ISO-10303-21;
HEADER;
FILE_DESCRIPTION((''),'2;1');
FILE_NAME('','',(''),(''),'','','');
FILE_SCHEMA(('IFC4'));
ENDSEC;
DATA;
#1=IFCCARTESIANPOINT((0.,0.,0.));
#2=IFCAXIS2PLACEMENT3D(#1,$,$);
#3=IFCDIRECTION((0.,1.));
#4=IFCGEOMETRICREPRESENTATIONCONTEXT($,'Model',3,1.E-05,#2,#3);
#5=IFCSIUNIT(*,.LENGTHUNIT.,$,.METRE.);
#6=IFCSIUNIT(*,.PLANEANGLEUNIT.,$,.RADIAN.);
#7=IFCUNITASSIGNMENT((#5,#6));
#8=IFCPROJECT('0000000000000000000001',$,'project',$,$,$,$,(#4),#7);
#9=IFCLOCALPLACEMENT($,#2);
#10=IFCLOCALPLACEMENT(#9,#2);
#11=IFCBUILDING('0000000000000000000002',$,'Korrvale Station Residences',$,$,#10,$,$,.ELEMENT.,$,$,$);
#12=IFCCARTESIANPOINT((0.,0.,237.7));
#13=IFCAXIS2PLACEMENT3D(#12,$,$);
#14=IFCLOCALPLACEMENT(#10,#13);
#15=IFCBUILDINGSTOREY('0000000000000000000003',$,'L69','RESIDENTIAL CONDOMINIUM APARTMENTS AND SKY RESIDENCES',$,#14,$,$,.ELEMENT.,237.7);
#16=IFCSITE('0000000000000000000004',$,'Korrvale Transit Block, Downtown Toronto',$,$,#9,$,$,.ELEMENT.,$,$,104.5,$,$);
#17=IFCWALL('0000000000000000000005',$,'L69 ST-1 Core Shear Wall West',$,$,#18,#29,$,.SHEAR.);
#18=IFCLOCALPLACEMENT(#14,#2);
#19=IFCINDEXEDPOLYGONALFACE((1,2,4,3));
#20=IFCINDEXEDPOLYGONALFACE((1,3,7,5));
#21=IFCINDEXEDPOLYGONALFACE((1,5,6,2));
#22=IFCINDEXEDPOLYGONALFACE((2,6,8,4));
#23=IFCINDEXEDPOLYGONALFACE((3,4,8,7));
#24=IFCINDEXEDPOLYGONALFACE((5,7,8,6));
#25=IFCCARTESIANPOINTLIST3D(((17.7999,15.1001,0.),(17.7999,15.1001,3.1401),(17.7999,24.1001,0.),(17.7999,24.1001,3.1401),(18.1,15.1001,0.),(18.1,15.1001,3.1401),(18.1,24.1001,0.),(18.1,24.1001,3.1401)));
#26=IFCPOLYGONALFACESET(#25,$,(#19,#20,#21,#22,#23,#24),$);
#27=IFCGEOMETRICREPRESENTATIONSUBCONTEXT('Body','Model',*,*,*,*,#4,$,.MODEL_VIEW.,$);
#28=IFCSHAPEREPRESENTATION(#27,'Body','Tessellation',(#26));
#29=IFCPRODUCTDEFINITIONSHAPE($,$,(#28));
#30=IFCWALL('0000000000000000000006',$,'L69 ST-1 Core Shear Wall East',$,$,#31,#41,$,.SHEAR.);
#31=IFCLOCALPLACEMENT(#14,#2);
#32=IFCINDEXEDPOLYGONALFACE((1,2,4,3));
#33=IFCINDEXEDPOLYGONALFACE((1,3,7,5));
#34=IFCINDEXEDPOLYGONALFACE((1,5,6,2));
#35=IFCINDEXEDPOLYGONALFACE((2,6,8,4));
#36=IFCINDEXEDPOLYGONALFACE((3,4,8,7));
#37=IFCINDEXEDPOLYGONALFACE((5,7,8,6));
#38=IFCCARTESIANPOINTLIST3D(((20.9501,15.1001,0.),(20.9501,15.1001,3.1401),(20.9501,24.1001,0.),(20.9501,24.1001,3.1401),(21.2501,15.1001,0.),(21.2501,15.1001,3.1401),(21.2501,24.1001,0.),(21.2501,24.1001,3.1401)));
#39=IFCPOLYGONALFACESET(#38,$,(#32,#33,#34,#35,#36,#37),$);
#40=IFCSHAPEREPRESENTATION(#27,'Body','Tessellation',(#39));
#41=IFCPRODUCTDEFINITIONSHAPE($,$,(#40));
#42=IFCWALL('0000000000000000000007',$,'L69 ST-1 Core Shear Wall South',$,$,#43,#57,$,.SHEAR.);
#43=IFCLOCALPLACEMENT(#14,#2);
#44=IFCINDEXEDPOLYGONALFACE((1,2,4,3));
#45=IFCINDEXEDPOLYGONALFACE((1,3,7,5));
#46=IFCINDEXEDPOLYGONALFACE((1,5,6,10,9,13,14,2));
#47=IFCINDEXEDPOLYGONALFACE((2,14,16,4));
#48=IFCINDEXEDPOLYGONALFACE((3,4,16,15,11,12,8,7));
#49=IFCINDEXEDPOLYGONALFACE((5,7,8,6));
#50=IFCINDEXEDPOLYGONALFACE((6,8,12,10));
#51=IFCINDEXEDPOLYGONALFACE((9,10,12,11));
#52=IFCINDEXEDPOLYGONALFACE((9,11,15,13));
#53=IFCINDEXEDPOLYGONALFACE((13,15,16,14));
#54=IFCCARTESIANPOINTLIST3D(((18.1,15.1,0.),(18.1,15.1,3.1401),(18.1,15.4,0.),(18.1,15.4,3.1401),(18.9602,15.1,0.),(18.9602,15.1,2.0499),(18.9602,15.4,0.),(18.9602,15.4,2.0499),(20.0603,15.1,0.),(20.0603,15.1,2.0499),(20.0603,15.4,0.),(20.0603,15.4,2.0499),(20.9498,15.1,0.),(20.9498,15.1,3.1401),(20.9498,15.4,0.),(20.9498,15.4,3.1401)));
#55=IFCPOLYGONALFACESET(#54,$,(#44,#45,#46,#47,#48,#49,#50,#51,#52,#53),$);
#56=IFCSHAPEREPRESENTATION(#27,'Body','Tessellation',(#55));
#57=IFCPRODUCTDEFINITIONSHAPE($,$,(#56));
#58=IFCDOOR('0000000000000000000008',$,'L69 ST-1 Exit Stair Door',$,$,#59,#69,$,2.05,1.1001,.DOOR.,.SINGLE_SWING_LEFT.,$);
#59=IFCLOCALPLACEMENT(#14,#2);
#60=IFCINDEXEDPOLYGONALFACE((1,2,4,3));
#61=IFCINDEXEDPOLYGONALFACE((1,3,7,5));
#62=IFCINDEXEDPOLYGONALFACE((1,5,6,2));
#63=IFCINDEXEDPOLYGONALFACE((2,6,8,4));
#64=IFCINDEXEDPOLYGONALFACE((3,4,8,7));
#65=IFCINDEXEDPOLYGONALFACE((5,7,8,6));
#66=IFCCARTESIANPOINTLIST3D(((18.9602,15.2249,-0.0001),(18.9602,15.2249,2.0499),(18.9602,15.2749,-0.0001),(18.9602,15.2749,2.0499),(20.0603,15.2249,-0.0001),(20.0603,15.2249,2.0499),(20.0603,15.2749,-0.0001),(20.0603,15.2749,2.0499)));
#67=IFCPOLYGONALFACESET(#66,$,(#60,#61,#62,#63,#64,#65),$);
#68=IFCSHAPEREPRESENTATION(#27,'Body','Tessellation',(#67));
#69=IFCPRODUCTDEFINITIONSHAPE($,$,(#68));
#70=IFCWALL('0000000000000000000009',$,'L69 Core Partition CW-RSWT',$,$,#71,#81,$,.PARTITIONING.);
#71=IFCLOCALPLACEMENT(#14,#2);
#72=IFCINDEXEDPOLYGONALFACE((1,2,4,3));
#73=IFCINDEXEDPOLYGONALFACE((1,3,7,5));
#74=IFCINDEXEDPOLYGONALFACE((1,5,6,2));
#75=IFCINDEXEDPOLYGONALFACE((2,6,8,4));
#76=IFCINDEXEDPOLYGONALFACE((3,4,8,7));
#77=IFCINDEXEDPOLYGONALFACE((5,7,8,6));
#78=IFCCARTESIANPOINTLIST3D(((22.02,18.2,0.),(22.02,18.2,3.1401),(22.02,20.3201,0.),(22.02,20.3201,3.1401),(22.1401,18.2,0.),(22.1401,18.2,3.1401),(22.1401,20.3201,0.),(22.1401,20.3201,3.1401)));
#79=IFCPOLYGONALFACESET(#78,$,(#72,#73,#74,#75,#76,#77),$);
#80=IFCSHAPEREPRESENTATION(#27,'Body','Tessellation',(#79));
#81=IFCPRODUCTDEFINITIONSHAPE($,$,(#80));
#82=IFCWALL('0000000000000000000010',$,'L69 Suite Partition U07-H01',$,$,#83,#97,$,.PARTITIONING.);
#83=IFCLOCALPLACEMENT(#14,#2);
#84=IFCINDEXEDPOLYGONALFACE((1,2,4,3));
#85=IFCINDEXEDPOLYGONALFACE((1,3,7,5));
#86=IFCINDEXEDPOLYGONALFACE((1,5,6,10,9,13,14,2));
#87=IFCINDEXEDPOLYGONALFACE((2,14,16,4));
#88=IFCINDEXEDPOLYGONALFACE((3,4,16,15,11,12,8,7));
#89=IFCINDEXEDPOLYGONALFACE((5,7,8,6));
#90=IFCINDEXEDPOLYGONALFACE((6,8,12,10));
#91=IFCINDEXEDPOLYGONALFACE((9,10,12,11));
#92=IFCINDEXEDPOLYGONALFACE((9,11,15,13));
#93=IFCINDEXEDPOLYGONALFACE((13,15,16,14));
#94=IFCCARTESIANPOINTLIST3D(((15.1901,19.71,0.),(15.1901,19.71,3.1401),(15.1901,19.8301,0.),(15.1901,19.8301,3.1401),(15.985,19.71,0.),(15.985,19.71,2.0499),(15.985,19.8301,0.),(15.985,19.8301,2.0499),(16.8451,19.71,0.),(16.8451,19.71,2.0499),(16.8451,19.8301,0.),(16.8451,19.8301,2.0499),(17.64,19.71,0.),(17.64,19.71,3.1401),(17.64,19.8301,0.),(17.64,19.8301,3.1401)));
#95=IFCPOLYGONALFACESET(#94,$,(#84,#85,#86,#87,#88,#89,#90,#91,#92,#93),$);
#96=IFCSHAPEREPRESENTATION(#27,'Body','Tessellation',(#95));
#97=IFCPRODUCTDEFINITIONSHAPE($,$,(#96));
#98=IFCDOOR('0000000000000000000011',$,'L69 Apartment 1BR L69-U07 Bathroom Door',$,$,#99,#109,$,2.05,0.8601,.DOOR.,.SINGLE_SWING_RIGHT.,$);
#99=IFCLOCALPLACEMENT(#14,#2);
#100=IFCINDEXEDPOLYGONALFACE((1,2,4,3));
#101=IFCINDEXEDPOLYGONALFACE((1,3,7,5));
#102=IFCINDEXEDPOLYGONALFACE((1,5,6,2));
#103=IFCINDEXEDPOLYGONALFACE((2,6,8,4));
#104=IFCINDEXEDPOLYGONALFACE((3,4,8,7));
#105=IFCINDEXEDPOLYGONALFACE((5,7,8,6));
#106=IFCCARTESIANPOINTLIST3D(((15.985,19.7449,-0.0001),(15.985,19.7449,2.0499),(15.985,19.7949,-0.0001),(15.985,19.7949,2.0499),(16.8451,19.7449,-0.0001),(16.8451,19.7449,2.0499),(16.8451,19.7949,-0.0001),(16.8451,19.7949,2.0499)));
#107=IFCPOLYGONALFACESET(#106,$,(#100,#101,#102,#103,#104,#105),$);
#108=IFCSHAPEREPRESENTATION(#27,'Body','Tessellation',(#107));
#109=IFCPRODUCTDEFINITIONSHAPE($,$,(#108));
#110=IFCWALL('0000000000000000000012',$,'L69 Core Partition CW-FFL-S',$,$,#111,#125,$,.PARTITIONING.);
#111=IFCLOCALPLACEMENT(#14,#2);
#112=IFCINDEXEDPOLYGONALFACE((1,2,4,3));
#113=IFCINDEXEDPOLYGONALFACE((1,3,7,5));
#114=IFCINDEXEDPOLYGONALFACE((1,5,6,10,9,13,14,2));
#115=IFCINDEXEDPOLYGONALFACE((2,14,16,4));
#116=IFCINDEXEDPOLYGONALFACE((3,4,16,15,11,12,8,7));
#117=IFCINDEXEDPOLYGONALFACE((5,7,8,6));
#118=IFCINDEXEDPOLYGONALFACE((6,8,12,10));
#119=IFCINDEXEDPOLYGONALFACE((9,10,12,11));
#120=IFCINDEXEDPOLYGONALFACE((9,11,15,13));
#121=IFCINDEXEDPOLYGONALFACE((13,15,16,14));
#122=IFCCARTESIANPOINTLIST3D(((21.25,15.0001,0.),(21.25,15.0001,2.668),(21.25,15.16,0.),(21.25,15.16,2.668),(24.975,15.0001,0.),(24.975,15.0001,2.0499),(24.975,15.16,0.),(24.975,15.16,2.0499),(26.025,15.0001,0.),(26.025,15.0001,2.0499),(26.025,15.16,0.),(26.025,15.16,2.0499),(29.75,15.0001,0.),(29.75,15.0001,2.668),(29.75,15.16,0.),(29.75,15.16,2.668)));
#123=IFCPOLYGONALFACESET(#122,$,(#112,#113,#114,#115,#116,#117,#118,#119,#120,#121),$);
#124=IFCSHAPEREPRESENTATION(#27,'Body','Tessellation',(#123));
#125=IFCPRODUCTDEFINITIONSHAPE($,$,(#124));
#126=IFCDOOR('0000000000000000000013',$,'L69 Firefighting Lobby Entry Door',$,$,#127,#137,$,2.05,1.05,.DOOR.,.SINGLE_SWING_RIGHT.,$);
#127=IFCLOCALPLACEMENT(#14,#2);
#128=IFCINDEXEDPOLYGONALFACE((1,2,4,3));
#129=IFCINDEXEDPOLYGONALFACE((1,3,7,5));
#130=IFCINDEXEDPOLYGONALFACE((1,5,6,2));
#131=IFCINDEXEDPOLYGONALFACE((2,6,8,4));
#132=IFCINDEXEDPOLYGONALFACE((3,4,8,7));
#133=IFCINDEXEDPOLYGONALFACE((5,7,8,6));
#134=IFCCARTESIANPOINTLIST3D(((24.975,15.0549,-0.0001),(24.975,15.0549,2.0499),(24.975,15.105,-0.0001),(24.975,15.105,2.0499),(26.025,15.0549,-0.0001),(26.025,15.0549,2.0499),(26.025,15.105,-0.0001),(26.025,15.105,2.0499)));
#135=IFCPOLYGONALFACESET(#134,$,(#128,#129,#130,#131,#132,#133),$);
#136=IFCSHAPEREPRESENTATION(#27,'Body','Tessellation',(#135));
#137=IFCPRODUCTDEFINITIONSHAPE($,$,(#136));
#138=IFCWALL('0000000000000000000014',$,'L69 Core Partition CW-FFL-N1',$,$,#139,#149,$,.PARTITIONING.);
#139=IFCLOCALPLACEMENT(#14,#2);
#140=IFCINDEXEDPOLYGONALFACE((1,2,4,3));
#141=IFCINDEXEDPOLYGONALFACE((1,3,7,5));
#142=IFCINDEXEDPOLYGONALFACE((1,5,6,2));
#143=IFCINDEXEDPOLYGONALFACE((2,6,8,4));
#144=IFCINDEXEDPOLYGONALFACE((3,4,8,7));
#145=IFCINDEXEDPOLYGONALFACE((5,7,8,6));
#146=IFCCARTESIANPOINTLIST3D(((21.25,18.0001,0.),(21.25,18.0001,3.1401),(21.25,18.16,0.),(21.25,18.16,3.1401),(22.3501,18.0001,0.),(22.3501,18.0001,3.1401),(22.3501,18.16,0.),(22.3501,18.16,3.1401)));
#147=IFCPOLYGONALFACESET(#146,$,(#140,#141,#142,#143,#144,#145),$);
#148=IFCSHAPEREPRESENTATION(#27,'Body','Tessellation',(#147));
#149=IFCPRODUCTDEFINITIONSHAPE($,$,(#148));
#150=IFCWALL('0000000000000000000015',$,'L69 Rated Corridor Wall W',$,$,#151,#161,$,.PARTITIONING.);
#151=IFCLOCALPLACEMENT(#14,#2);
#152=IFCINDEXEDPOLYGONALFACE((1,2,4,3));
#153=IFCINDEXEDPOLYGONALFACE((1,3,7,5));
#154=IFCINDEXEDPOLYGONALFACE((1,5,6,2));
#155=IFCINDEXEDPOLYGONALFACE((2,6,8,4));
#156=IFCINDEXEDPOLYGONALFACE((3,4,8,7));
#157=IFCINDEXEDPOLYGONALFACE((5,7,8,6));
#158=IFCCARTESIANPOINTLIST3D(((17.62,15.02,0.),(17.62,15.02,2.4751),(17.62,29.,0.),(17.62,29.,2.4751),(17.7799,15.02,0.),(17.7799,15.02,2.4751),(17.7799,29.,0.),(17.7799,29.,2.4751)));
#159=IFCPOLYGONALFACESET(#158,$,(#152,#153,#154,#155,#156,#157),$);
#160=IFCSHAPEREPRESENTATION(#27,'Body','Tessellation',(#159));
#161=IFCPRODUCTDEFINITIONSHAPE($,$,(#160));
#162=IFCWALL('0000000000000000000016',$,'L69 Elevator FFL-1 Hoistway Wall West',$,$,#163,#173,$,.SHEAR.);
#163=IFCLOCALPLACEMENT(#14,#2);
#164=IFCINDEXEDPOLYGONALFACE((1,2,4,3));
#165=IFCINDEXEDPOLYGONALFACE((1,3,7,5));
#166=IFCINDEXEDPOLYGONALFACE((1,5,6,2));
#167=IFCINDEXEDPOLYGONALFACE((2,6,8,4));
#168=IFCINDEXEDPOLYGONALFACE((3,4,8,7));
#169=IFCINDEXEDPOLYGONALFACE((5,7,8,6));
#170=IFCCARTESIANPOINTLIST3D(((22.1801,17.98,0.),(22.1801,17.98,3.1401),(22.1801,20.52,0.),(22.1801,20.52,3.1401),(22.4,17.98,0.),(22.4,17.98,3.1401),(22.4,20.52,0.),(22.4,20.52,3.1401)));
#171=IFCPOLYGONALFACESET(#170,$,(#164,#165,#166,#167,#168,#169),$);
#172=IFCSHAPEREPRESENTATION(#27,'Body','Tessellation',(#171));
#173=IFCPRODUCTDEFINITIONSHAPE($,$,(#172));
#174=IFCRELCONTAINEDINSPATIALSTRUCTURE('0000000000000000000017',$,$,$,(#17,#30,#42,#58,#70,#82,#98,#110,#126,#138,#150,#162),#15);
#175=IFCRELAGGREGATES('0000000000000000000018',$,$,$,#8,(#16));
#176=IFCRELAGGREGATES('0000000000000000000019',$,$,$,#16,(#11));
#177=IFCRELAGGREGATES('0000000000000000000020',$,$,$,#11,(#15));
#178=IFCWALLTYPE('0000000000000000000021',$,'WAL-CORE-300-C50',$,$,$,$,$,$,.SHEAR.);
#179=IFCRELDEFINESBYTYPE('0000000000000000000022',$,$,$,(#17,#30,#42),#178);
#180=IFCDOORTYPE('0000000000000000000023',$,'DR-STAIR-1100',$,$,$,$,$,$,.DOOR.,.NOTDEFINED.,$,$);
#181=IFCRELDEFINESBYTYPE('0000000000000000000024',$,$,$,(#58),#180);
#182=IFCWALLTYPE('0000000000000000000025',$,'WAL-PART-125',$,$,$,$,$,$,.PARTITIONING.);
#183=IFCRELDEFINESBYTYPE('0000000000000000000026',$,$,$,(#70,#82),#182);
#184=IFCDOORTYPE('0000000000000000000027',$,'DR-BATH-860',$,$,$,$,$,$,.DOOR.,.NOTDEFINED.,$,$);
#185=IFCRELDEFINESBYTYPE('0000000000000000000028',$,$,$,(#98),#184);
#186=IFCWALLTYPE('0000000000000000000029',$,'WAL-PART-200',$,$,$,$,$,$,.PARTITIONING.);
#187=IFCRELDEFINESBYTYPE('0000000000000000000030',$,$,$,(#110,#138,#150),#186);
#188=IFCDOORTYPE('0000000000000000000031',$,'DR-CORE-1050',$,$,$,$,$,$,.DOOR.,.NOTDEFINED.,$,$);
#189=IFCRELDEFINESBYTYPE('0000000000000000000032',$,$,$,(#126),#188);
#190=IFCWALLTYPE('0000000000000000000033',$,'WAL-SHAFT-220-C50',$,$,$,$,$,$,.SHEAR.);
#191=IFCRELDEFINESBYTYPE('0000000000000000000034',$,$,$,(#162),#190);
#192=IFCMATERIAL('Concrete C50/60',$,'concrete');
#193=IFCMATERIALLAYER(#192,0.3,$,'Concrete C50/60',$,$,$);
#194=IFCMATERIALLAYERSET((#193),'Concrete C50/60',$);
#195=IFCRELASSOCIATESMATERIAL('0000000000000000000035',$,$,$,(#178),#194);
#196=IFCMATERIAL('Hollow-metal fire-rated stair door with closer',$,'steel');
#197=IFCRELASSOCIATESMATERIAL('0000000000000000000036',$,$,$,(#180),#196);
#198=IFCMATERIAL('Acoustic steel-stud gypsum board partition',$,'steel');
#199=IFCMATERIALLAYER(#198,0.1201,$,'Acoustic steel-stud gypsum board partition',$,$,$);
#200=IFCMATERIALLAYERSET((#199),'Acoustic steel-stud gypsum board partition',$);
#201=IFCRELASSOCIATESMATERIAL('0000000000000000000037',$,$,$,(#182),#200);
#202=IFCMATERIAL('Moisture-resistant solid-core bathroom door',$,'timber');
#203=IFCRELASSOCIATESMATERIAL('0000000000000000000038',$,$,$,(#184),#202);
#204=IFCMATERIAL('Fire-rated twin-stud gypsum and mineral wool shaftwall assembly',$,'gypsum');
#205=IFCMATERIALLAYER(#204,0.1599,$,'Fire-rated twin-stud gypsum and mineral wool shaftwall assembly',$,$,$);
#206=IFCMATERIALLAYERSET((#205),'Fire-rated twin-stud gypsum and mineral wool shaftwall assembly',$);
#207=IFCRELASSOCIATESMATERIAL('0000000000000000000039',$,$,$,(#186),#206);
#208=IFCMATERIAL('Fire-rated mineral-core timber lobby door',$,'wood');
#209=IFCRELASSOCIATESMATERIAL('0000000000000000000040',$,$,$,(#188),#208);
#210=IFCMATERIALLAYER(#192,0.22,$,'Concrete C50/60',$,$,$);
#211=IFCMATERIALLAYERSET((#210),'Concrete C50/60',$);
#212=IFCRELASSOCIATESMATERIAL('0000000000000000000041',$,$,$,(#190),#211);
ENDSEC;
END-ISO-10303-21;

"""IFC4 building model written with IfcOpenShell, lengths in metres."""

from ifc_helpers import new_model, si_unit, direction, frame, frame_2d, origin, place, context, subcontext, project, spatial, rectangle, extrude, material, layer, layer_set, type_object, element, fill, save


model = new_model("IFC4")

# Units and contexts
model_context = context("Model", 3, precision=1e-05, world=origin(), true_north=direction((0.0, 1.0)))
body_context = subcontext(model_context, "Body", "Model", "MODEL_VIEW")
ifc_project = project(units=[si_unit("LENGTHUNIT", "METRE"), si_unit("PLANEANGLEUNIT", "RADIAN")], contexts=[model_context])

# Site, building, storey
site_placement = place(None, origin())
site = spatial("IfcSite", under=ifc_project, at=site_placement, Name="Korrvale Transit Block, Downtown Toronto", CompositionType="ELEMENT", RefElevation=104.5)
building_placement = place(site_placement, origin())
building = spatial("IfcBuilding", under=site, at=building_placement, Name="Korrvale Station Residences", CompositionType="ELEMENT")
storey_placement = place(building_placement, frame((0.0, 0.0, 237.7)))
storey = spatial("IfcBuildingStorey", under=building, at=storey_placement, Name="L69", Description="RESIDENTIAL CONDOMINIUM APARTMENTS AND SKY RESIDENCES", CompositionType="ELEMENT", Elevation=237.7)

# Walls
ifc_material_1 = material(Name="Concrete C50/60", Category="concrete")
ifc_layer_1 = layer(ifc_material_1, 0.3, Name="Concrete C50/60")
ifc_layer_set_1 = layer_set([ifc_layer_1], Name="Concrete C50/60")
wall_type_1 = type_object("IfcWallType", Name="WAL-CORE-300-C50", PredefinedType="SHEAR", material=ifc_layer_set_1)
for number, where, z_axis, x_axis, name in (
    (1, (17.95, 15.1001, 0.0), (0.0, 0.0, 1.0), (0.0, 1.0, 0.0), "L69 ST-1 Core Shear Wall West"),
    (2, (21.1001, 15.1001, 0.0), (0.0, 0.0, 1.0), (0.0, 1.0, 0.0), "L69 ST-1 Core Shear Wall East"),
):
    element("IfcWall", number, at=place(storey_placement, frame(where, z_axis=z_axis, x_axis=x_axis)), inside=storey, type_object=wall_type_1, Name=name, PredefinedType="SHEAR", context=body_context, shape_type="SweptSolid", body=[
        extrude(rectangle(XDim=9.0, YDim=0.3, at=frame_2d((4.5, 0.0))), origin(), (0.0, 0.0, 1.0), 3.1401),
    ])

# Wall, opening, door
wall_1_placement = place(storey_placement, frame((18.1001, 15.25, 0.0), z_axis=(0.0, 0.0, 1.0), x_axis=(1.0, 0.0, 0.0)))
wall_1 = element("IfcWall", 3, at=wall_1_placement, inside=storey, type_object=wall_type_1, Name="L69 ST-1 Core Shear Wall South", PredefinedType="SHEAR", context=body_context, shape_type="SweptSolid", body=[
    extrude(rectangle(XDim=2.8499, YDim=0.3, at=frame_2d((1.4248, 0.0))), origin(), (0.0, 0.0, 1.0), 3.1401),
])
opening_1_placement = place(wall_1_placement, frame((0.8601, 0.0, 0.0)))
opening_1 = element("IfcOpeningElement", 4, at=opening_1_placement, cuts=wall_1, PredefinedType="OPENING", context=body_context, shape_type="SweptSolid", body=[
    extrude(rectangle(XDim=1.1001, YDim=2.05, at=frame_2d((0.55, 1.0249))), frame((0.0, 0.1602, 0.0), z_axis=(0.0, -1.0, 0.0), x_axis=(1.0, 0.0, 0.0)), (0.0, 0.0, 1.0), 0.3201),
])
ifc_material_2 = material(Name="Hollow-metal fire-rated stair door with closer", Category="steel")
door_type_1 = type_object("IfcDoorType", Name="DR-STAIR-1100", OperationType="NOTDEFINED", PredefinedType="DOOR", material=ifc_material_2)
door_1_placement = place(opening_1_placement, origin())
door_1 = element("IfcDoor", 5, at=door_1_placement, inside=storey, type_object=door_type_1, Name="L69 ST-1 Exit Stair Door", OperationType="SINGLE_SWING_LEFT", OverallHeight=2.05, OverallWidth=1.1001, PredefinedType="DOOR", context=body_context, shape_type="SweptSolid", body=[
    extrude(rectangle(XDim=1.1001, YDim=2.05, at=frame_2d((0.55, 1.0249))), frame((0.0, 0.0249, 0.0), z_axis=(0.0, -1.0, 0.0), x_axis=(1.0, 0.0, 0.0)), (0.0, 0.0, 1.0), 0.05),
])
fill(opening_1, door_1)

# Wall
ifc_material_3 = material(Name="Acoustic steel-stud gypsum board partition", Category="steel")
ifc_layer_2 = layer(ifc_material_3, 0.1201, Name="Acoustic steel-stud gypsum board partition")
ifc_layer_set_2 = layer_set([ifc_layer_2], Name="Acoustic steel-stud gypsum board partition")
wall_type_2 = type_object("IfcWallType", Name="WAL-PART-125", PredefinedType="PARTITIONING", material=ifc_layer_set_2)
wall_2_placement = place(storey_placement, frame((22.0801, 18.2, 0.0), z_axis=(0.0, 0.0, 1.0), x_axis=(0.0, 1.0, 0.0)))
element("IfcWall", 6, at=wall_2_placement, inside=storey, type_object=wall_type_2, Name="L69 Core Partition CW-RSWT", PredefinedType="PARTITIONING", context=body_context, shape_type="SweptSolid", body=[
    extrude(rectangle(XDim=2.1201, YDim=0.1201, at=frame_2d((1.0601, 0.0))), origin(), (0.0, 0.0, 1.0), 3.1401),
])

# Walls, openings, doors
wall_3_placement = place(storey_placement, frame((15.1899, 19.77, 0.0), z_axis=(0.0, 0.0, 1.0), x_axis=(1.0, 0.0, 0.0)))
wall_3 = element("IfcWall", 7, at=wall_3_placement, inside=storey, type_object=wall_type_2, Name="L69 Suite Partition U07-H01", PredefinedType="PARTITIONING", context=body_context, shape_type="SweptSolid", body=[
    extrude(rectangle(XDim=2.45, YDim=0.1201, at=frame_2d((1.2251, 0.0))), origin(), (0.0, 0.0, 1.0), 3.1401),
])
opening_2_placement = place(wall_3_placement, frame((0.7949, 0.0, 0.0)))
opening_2 = element("IfcOpeningElement", 8, at=opening_2_placement, cuts=wall_3, PredefinedType="OPENING", context=body_context, shape_type="SweptSolid", body=[
    extrude(rectangle(XDim=0.8601, YDim=2.05, at=frame_2d((0.4302, 1.0249))), frame((0.0, 0.0701, 0.0), z_axis=(0.0, -1.0, 0.0), x_axis=(1.0, 0.0, 0.0)), (0.0, 0.0, 1.0), 0.1401),
])
ifc_material_4 = material(Name="Moisture-resistant solid-core bathroom door", Category="timber")
door_type_2 = type_object("IfcDoorType", Name="DR-BATH-860", OperationType="NOTDEFINED", PredefinedType="DOOR", material=ifc_material_4)
door_2_placement = place(opening_2_placement, origin())
door_2 = element("IfcDoor", 9, at=door_2_placement, inside=storey, type_object=door_type_2, Name="L69 Apartment 1BR L69-U07 Bathroom Door", OperationType="SINGLE_SWING_RIGHT", OverallHeight=2.05, OverallWidth=0.8601, PredefinedType="DOOR", context=body_context, shape_type="SweptSolid", body=[
    extrude(rectangle(XDim=0.8601, YDim=2.05, at=frame_2d((0.4302, 1.0249))), frame((0.0, 0.0249, 0.0), z_axis=(0.0, -1.0, 0.0), x_axis=(1.0, 0.0, 0.0)), (0.0, 0.0, 1.0), 0.05),
])
fill(opening_2, door_2)
ifc_material_5 = material(Name="Fire-rated twin-stud gypsum and mineral wool shaftwall assembly", Category="gypsum")
ifc_layer_3 = layer(ifc_material_5, 0.1599, Name="Fire-rated twin-stud gypsum and mineral wool shaftwall assembly")
ifc_layer_set_3 = layer_set([ifc_layer_3], Name="Fire-rated twin-stud gypsum and mineral wool shaftwall assembly")
wall_type_3 = type_object("IfcWallType", Name="WAL-PART-200", PredefinedType="PARTITIONING", material=ifc_layer_set_3)
wall_4_placement = place(storey_placement, frame((21.25, 15.0801, 0.0), z_axis=(0.0, 0.0, 1.0), x_axis=(1.0, 0.0, 0.0)))
wall_4 = element("IfcWall", 10, at=wall_4_placement, inside=storey, type_object=wall_type_3, Name="L69 Core Partition CW-FFL-S", PredefinedType="PARTITIONING", context=body_context, shape_type="SweptSolid", body=[
    extrude(rectangle(XDim=8.5, YDim=0.1599, at=frame_2d((4.25, 0.0))), origin(), (0.0, 0.0, 1.0), 2.668),
])
opening_3_placement = place(wall_4_placement, frame((3.7251, 0.0, 0.0)))
opening_3 = element("IfcOpeningElement", 11, at=opening_3_placement, cuts=wall_4, PredefinedType="OPENING", context=body_context, shape_type="SweptSolid", body=[
    extrude(rectangle(XDim=1.05, YDim=2.05, at=frame_2d((0.5249, 1.0249))), frame((0.0, 0.0898, 0.0), z_axis=(0.0, -1.0, 0.0), x_axis=(1.0, 0.0, 0.0)), (0.0, 0.0, 1.0), 0.1799),
])
ifc_material_6 = material(Name="Fire-rated mineral-core timber lobby door", Category="wood")
door_type_3 = type_object("IfcDoorType", Name="DR-CORE-1050", OperationType="NOTDEFINED", PredefinedType="DOOR", material=ifc_material_6)
door_3_placement = place(opening_3_placement, origin())
door_3 = element("IfcDoor", 12, at=door_3_placement, inside=storey, type_object=door_type_3, Name="L69 Firefighting Lobby Entry Door", OperationType="SINGLE_SWING_RIGHT", OverallHeight=2.05, OverallWidth=1.05, PredefinedType="DOOR", context=body_context, shape_type="SweptSolid", body=[
    extrude(rectangle(XDim=1.05, YDim=2.05, at=frame_2d((0.5249, 1.0249))), frame((0.0, 0.0249, 0.0), z_axis=(0.0, -1.0, 0.0), x_axis=(1.0, 0.0, 0.0)), (0.0, 0.0, 1.0), 0.05),
])
fill(opening_3, door_3)

# Walls
wall_5_placement = place(storey_placement, frame((21.25, 18.0801, 0.0), z_axis=(0.0, 0.0, 1.0), x_axis=(1.0, 0.0, 0.0)))
element("IfcWall", 13, at=wall_5_placement, inside=storey, type_object=wall_type_3, Name="L69 Core Partition CW-FFL-N1", PredefinedType="PARTITIONING", context=body_context, shape_type="SweptSolid", body=[
    extrude(rectangle(XDim=1.1001, YDim=0.1599, at=frame_2d((0.55, 0.0))), origin(), (0.0, 0.0, 1.0), 3.1401),
])
wall_6_placement = place(storey_placement, frame((17.7, 15.02, 0.0), z_axis=(0.0, 0.0, 1.0), x_axis=(0.0, 1.0, 0.0)))
element("IfcWall", 14, at=wall_6_placement, inside=storey, type_object=wall_type_3, Name="L69 Rated Corridor Wall W", PredefinedType="PARTITIONING", context=body_context, shape_type="SweptSolid", body=[
    extrude(rectangle(XDim=13.98, YDim=0.1599, at=frame_2d((6.99, 0.0))), origin(), (0.0, 0.0, 1.0), 2.4751),
])

# Shared definitions
ifc_layer_4 = layer(ifc_material_1, 0.22, Name="Concrete C50/60")
ifc_layer_set_4 = layer_set([ifc_layer_4], Name="Concrete C50/60")
wall_type_4 = type_object("IfcWallType", Name="WAL-SHAFT-220-C50", PredefinedType="SHEAR", material=ifc_layer_set_4)

# Wall
wall_7_placement = place(storey_placement, frame((22.29, 17.98, 0.0), z_axis=(0.0, 0.0, 1.0), x_axis=(0.0, 1.0, 0.0)))
element("IfcWall", 15, at=wall_7_placement, inside=storey, type_object=wall_type_4, Name="L69 Elevator FFL-1 Hoistway Wall West", PredefinedType="SHEAR", context=body_context, shape_type="SweptSolid", body=[
    extrude(rectangle(XDim=2.54, YDim=0.22, at=frame_2d((1.27, 0.0))), origin(), (0.0, 0.0, 1.0), 3.1401),
])

save(model, "model.ifc")
